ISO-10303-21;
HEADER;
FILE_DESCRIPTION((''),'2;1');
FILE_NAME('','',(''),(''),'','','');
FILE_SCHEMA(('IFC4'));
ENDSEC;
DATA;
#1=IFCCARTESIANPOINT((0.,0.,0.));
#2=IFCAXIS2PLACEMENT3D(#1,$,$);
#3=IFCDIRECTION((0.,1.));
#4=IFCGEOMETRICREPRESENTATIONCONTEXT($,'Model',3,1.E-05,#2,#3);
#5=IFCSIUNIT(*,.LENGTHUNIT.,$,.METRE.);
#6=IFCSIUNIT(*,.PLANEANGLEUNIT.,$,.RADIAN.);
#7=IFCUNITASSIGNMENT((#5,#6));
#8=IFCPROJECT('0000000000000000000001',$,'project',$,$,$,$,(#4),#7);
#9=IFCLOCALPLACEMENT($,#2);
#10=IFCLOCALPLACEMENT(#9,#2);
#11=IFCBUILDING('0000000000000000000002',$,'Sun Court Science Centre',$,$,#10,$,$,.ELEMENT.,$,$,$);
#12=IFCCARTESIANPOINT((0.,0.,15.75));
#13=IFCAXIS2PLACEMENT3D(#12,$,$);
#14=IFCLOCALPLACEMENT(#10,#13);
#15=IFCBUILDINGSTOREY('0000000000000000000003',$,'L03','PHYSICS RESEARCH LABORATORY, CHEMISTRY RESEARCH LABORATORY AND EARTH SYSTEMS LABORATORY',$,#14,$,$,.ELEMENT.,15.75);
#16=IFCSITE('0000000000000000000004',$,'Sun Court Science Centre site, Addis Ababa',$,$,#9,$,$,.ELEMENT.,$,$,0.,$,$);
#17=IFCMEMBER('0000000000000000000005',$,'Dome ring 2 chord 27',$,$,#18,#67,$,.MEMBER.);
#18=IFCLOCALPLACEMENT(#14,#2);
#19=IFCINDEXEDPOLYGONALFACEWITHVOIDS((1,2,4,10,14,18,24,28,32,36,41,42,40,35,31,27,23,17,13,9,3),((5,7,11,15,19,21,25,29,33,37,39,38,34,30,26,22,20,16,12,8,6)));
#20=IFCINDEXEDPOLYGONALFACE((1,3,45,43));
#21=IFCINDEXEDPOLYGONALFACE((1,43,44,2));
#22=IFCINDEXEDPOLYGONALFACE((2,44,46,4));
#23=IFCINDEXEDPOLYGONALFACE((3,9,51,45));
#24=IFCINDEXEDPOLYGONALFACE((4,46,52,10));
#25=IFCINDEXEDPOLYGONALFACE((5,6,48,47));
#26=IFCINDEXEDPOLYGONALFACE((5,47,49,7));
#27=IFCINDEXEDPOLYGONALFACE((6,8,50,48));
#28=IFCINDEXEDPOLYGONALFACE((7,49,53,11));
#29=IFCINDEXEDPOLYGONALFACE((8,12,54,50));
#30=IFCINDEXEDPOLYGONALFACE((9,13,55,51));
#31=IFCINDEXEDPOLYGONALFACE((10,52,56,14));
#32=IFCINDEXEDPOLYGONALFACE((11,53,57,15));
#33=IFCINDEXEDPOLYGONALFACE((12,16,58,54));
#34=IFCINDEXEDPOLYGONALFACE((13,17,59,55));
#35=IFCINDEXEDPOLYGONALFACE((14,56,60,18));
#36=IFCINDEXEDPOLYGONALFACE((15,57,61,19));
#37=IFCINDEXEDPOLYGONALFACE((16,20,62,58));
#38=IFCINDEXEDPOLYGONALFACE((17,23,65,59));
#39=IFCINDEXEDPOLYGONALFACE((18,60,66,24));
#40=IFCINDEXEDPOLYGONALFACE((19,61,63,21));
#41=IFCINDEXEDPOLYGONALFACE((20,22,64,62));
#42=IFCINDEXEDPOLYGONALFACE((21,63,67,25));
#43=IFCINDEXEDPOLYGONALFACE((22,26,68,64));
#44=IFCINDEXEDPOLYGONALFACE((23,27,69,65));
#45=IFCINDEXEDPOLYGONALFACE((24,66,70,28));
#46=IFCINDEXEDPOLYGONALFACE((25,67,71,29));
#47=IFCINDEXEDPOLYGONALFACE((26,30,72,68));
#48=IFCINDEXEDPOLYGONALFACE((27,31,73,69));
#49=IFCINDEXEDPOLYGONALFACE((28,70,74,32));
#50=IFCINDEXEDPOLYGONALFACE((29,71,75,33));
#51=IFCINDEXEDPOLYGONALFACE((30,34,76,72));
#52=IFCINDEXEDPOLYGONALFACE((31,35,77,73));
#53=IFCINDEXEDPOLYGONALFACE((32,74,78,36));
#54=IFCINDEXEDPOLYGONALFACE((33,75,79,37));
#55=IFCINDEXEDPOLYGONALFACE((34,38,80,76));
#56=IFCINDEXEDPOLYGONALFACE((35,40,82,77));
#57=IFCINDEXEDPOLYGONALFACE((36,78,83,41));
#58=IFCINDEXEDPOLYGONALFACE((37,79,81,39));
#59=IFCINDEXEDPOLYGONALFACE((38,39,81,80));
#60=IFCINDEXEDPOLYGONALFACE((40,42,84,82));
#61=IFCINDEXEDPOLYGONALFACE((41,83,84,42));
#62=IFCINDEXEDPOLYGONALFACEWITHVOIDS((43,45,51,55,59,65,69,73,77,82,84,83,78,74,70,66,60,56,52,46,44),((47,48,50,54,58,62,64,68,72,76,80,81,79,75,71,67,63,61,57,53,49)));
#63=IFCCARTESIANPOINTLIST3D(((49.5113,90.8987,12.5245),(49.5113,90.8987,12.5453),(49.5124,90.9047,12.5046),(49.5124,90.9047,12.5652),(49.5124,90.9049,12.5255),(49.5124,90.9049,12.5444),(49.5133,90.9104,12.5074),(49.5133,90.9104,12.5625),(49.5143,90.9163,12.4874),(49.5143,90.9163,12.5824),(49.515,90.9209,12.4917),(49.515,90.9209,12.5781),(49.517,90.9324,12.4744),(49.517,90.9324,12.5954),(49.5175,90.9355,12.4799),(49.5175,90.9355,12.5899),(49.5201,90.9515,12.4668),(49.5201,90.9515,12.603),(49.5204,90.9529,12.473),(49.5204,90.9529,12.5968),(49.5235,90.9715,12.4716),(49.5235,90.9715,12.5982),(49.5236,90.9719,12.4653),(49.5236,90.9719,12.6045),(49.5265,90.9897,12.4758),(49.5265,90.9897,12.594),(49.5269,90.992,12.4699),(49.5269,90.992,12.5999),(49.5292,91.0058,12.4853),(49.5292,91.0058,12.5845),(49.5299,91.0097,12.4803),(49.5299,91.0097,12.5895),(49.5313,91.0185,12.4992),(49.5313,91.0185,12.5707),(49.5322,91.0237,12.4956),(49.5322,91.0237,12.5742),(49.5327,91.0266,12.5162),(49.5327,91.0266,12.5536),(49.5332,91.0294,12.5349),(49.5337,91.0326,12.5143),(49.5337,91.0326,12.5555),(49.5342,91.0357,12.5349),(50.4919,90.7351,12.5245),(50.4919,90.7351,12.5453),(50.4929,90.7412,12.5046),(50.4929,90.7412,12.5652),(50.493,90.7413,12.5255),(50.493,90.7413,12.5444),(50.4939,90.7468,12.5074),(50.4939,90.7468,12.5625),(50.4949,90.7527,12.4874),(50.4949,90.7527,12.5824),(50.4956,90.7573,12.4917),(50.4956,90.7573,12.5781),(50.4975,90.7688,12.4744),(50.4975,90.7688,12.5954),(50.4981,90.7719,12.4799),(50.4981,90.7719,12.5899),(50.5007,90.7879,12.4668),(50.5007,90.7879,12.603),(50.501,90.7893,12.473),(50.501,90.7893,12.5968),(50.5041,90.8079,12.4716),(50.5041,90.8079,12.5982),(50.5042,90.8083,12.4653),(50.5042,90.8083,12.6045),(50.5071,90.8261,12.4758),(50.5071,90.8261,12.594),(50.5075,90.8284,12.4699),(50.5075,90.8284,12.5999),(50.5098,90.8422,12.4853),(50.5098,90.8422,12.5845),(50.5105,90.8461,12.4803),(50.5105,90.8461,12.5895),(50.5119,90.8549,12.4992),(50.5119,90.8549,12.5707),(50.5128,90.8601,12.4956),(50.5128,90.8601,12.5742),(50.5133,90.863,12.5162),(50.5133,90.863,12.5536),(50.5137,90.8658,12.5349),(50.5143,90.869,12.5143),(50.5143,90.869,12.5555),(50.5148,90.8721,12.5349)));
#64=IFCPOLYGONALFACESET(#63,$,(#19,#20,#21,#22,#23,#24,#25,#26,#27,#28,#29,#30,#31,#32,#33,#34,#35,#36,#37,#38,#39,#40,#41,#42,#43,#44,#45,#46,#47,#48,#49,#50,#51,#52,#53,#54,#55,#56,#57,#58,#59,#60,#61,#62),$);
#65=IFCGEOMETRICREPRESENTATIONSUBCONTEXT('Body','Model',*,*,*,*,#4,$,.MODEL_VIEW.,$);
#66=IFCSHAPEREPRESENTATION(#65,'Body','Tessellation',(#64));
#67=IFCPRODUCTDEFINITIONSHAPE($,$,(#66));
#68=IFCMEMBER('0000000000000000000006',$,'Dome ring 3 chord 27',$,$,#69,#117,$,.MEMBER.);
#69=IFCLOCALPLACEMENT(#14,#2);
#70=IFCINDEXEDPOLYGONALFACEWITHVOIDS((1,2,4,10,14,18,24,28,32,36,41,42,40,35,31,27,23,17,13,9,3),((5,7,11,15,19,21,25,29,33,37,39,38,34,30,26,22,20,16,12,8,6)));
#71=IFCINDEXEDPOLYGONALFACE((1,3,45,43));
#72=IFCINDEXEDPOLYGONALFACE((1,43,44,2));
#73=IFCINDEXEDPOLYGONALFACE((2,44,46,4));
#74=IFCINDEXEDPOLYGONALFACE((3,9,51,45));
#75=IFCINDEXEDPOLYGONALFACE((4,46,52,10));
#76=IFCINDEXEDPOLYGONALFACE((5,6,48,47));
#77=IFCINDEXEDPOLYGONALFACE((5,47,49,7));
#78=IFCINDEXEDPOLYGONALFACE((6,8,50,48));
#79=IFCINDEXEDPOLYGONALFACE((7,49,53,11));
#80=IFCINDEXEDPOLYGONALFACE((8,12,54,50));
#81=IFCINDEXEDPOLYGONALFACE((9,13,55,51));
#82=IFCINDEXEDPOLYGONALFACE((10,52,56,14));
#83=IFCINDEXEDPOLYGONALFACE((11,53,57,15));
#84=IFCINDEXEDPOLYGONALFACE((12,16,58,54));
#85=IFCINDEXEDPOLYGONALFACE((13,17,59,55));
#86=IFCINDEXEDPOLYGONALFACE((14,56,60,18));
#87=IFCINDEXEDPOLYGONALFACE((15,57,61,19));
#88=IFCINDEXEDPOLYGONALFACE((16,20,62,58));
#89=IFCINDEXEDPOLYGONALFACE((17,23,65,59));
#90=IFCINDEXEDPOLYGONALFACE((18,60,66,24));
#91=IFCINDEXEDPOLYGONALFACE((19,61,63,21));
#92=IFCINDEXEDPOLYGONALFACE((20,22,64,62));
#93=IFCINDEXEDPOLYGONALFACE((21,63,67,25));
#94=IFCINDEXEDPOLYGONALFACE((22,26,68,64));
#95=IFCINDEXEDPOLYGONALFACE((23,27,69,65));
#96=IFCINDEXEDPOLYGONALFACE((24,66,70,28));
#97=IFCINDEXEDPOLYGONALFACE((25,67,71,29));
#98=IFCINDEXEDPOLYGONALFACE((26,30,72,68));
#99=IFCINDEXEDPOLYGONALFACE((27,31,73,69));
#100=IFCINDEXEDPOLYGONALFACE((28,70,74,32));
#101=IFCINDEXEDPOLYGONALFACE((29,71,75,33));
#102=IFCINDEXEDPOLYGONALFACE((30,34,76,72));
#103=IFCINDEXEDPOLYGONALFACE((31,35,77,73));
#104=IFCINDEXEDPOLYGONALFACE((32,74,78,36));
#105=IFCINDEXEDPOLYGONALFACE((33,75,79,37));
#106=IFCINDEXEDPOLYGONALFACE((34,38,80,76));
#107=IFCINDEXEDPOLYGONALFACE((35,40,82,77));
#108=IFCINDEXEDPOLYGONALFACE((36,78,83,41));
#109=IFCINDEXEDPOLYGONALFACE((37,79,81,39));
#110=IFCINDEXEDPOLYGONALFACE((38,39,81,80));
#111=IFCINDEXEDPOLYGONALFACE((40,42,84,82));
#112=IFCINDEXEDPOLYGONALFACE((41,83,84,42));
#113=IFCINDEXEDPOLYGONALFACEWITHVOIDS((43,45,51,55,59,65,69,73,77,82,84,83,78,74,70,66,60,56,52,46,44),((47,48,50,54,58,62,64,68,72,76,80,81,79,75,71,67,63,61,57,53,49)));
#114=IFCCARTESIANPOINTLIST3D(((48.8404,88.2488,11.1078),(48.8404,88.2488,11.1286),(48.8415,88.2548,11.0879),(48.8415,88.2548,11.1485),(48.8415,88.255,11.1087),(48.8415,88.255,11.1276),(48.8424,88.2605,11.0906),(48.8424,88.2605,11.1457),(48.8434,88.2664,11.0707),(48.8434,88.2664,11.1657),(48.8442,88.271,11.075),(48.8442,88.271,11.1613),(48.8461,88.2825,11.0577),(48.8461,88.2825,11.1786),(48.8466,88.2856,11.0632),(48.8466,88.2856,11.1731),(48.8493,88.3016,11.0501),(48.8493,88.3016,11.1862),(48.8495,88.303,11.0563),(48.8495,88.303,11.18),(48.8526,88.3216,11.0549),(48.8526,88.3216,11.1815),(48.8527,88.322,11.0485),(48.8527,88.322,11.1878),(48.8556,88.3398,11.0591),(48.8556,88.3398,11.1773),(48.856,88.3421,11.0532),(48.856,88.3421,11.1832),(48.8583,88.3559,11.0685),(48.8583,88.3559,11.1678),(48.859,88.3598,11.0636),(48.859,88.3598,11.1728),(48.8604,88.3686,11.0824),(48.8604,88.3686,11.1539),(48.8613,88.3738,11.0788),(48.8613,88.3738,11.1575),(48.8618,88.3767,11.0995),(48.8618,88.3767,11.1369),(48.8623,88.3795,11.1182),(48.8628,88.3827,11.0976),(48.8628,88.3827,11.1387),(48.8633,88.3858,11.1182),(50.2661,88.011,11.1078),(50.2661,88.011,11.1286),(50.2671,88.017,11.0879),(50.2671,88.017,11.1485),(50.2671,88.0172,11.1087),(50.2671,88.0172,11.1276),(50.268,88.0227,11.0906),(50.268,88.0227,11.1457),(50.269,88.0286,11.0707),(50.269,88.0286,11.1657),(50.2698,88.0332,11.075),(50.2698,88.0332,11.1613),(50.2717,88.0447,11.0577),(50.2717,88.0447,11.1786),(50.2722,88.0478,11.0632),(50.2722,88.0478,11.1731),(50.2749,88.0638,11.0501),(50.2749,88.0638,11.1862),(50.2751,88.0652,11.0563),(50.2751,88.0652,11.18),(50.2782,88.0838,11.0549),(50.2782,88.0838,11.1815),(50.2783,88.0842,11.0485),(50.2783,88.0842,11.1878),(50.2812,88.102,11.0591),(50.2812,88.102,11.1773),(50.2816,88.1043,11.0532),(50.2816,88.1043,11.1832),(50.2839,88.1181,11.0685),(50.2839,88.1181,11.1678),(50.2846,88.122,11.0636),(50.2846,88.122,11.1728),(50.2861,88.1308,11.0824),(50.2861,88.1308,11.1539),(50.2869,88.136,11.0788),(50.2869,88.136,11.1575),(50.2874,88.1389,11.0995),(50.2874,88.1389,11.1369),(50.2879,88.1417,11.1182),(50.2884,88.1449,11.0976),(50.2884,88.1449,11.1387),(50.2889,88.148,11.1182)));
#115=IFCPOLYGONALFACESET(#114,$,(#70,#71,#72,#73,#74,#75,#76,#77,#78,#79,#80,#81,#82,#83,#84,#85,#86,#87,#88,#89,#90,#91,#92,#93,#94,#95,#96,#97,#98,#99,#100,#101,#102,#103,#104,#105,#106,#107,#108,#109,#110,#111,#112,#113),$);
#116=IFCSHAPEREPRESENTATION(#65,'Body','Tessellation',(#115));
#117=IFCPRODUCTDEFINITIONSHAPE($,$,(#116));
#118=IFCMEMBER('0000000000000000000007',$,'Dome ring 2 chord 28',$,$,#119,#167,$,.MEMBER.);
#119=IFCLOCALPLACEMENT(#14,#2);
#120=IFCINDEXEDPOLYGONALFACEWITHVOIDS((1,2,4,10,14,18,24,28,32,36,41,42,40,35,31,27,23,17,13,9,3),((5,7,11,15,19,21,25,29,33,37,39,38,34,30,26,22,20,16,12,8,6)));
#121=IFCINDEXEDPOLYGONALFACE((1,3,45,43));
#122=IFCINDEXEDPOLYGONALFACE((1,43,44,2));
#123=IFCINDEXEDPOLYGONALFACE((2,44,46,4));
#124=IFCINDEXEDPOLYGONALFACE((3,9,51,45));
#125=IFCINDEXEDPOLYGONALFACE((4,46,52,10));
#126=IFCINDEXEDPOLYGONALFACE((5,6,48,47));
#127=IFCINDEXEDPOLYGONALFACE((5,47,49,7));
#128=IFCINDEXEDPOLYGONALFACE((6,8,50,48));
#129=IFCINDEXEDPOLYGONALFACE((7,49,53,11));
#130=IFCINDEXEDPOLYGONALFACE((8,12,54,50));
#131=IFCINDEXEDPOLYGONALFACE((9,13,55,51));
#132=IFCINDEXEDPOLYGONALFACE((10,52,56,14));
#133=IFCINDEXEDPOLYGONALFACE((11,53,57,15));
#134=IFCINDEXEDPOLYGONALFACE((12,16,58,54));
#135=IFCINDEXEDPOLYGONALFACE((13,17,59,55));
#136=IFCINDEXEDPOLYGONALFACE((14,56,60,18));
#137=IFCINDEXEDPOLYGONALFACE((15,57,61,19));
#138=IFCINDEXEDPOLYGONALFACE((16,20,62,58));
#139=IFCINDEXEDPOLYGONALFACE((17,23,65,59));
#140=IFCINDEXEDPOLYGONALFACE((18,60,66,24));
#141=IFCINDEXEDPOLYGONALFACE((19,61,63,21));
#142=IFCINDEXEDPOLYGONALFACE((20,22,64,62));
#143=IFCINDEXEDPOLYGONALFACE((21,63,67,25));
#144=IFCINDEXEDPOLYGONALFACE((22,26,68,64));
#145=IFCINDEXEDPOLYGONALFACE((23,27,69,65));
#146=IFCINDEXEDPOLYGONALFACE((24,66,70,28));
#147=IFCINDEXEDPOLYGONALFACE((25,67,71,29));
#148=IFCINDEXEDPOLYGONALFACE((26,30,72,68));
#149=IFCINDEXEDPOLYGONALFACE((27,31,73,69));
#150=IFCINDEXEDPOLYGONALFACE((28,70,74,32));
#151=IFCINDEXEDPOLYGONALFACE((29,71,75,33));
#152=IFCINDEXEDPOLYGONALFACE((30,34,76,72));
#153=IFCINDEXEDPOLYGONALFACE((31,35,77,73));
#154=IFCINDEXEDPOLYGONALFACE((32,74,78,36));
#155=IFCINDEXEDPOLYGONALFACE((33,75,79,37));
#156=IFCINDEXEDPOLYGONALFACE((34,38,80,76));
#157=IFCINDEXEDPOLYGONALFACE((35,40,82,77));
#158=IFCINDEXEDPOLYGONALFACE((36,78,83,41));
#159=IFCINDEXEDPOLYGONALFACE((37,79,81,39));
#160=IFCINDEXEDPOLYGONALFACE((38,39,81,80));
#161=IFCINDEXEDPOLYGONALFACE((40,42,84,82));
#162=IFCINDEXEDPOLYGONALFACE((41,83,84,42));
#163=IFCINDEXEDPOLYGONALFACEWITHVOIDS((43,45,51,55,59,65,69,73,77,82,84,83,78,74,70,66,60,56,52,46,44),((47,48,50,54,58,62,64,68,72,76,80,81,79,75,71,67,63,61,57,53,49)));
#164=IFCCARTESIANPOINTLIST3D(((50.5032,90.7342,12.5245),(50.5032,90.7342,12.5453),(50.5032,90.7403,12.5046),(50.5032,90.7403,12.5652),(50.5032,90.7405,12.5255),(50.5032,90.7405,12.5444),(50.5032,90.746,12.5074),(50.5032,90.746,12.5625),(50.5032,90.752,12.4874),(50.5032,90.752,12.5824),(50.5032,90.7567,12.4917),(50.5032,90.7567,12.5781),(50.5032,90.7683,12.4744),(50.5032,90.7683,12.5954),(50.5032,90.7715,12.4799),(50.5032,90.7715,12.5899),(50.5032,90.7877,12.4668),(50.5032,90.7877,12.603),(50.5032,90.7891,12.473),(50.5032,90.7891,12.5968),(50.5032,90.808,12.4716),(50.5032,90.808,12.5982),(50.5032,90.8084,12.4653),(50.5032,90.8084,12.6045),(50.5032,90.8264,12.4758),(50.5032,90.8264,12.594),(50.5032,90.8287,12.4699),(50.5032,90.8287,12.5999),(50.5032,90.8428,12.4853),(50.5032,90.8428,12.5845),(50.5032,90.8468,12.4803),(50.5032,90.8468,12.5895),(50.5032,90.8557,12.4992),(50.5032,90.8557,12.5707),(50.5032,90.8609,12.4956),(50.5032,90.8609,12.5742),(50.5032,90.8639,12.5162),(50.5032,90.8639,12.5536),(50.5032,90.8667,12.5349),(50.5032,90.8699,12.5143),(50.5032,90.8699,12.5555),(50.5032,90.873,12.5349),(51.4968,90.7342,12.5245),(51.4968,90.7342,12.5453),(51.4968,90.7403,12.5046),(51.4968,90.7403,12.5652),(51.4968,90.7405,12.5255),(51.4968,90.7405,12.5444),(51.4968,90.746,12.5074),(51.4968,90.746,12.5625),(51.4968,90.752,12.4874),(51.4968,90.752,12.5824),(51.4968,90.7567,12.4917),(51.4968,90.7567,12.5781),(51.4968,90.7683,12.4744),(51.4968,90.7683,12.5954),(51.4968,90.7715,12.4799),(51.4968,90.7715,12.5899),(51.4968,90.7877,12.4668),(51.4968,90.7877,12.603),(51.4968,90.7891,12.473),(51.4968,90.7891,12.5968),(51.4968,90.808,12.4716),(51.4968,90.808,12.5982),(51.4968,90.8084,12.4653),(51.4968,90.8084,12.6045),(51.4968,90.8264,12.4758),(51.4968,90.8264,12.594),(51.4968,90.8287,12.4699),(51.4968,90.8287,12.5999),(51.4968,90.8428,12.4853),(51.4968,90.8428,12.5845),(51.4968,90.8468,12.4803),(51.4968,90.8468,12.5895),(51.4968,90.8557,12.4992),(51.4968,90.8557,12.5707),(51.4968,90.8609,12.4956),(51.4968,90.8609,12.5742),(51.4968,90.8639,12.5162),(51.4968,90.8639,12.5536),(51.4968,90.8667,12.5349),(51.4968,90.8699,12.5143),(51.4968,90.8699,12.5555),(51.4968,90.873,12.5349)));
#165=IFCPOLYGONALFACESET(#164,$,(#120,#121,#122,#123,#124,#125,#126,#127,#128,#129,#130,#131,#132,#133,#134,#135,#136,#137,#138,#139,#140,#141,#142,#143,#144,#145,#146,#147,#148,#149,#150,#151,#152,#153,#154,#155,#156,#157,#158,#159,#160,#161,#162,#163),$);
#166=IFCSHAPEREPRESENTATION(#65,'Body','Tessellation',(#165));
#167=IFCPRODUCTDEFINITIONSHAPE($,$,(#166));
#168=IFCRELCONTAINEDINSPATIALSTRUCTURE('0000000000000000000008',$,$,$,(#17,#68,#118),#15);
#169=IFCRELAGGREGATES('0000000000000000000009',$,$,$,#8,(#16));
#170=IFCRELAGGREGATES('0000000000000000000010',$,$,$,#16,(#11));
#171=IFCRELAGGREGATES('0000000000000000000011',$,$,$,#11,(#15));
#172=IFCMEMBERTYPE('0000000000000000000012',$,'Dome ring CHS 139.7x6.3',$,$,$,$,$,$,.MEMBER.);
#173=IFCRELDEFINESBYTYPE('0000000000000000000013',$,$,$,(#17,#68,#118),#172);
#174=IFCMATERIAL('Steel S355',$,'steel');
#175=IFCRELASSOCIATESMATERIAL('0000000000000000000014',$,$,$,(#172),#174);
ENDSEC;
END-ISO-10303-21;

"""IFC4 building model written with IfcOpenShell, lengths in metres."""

from ifc_helpers import new_model, si_unit, direction, frame, origin, origin_2d, place, context, subcontext, project, spatial, hollow_circle, extrude, material, material_profile, profile_set, type_object, element, save


model = new_model("IFC4")

# Units and contexts
model_context = context("Model", 3, precision=1e-05, world=origin(), true_north=direction((0.0, 1.0)))
body_context = subcontext(model_context, "Body", "Model", "MODEL_VIEW")
ifc_project = project(units=[si_unit("LENGTHUNIT", "METRE"), si_unit("PLANEANGLEUNIT", "RADIAN")], contexts=[model_context])

# Site, building, storey
site_placement = place(None, origin())
site = spatial("IfcSite", under=ifc_project, at=site_placement, Name="Sun Court Science Centre site, Addis Ababa", CompositionType="ELEMENT", RefElevation=0.0)
building_placement = place(site_placement, origin())
building = spatial("IfcBuilding", under=site, at=building_placement, Name="Sun Court Science Centre", CompositionType="ELEMENT")
storey_placement = place(building_placement, frame((0.0, 0.0, 15.75)))
storey = spatial("IfcBuildingStorey", under=building, at=storey_placement, Name="L03", Description="PHYSICS RESEARCH LABORATORY, CHEMISTRY RESEARCH LABORATORY AND EARTH SYSTEMS LABORATORY", CompositionType="ELEMENT", Elevation=15.75)

# Members
ifc_material_1 = material(Name="Steel S355", Category="steel")
ifc_material_profile_1 = material_profile(ifc_material_1, hollow_circle(Radius=0.0698, WallThickness=0.0063, at=origin_2d()), Name="CHS 139.7x6.3")
ifc_profile_set_1 = profile_set([ifc_material_profile_1], Name="Steel S355")
member_type_1 = type_object("IfcMemberType", Name="Dome ring CHS 139.7x6.3", PredefinedType="MEMBER", material=ifc_profile_set_1)
member_1_placement = place(storey_placement, frame((49.5227, 90.9668, 12.5349), z_axis=(0.986367, -0.164558, 0.0), x_axis=(0.164558, 0.986367, 0.0)))
element("IfcMember", 1, at=member_1_placement, inside=storey, type_object=member_type_1, Name="Dome ring 2 chord 27", PredefinedType="MEMBER", context=body_context, shape_type="SweptSolid", body=[
    extrude(hollow_circle(Radius=0.0698, WallThickness=0.0063, at=origin_2d()), origin(), (0.0, 0.0, 1.0), 0.9941),
])
member_2_placement = place(storey_placement, frame((48.8518, 88.3169, 11.1182), z_axis=(0.986371, -0.164536, 0.0), x_axis=(0.164536, 0.986371, 0.0)))
element("IfcMember", 2, at=member_2_placement, inside=storey, type_object=member_type_1, Name="Dome ring 3 chord 27", PredefinedType="MEMBER", context=body_context, shape_type="SweptSolid", body=[
    extrude(hollow_circle(Radius=0.0698, WallThickness=0.0063, at=origin_2d()), origin(), (0.0, 0.0, 1.0), 1.4453),
])
member_3_placement = place(storey_placement, frame((50.5032, 90.8032, 12.5349), z_axis=(1.0, 0.0, 0.0), x_axis=(0.0, 1.0, 0.0)))
element("IfcMember", 3, at=member_3_placement, inside=storey, type_object=member_type_1, Name="Dome ring 2 chord 28", PredefinedType="MEMBER", context=body_context, shape_type="SweptSolid", body=[
    extrude(hollow_circle(Radius=0.0698, WallThickness=0.0063, at=origin_2d()), origin(), (0.0, 0.0, 1.0), 0.9937),
])

save(model, "model.ifc")
